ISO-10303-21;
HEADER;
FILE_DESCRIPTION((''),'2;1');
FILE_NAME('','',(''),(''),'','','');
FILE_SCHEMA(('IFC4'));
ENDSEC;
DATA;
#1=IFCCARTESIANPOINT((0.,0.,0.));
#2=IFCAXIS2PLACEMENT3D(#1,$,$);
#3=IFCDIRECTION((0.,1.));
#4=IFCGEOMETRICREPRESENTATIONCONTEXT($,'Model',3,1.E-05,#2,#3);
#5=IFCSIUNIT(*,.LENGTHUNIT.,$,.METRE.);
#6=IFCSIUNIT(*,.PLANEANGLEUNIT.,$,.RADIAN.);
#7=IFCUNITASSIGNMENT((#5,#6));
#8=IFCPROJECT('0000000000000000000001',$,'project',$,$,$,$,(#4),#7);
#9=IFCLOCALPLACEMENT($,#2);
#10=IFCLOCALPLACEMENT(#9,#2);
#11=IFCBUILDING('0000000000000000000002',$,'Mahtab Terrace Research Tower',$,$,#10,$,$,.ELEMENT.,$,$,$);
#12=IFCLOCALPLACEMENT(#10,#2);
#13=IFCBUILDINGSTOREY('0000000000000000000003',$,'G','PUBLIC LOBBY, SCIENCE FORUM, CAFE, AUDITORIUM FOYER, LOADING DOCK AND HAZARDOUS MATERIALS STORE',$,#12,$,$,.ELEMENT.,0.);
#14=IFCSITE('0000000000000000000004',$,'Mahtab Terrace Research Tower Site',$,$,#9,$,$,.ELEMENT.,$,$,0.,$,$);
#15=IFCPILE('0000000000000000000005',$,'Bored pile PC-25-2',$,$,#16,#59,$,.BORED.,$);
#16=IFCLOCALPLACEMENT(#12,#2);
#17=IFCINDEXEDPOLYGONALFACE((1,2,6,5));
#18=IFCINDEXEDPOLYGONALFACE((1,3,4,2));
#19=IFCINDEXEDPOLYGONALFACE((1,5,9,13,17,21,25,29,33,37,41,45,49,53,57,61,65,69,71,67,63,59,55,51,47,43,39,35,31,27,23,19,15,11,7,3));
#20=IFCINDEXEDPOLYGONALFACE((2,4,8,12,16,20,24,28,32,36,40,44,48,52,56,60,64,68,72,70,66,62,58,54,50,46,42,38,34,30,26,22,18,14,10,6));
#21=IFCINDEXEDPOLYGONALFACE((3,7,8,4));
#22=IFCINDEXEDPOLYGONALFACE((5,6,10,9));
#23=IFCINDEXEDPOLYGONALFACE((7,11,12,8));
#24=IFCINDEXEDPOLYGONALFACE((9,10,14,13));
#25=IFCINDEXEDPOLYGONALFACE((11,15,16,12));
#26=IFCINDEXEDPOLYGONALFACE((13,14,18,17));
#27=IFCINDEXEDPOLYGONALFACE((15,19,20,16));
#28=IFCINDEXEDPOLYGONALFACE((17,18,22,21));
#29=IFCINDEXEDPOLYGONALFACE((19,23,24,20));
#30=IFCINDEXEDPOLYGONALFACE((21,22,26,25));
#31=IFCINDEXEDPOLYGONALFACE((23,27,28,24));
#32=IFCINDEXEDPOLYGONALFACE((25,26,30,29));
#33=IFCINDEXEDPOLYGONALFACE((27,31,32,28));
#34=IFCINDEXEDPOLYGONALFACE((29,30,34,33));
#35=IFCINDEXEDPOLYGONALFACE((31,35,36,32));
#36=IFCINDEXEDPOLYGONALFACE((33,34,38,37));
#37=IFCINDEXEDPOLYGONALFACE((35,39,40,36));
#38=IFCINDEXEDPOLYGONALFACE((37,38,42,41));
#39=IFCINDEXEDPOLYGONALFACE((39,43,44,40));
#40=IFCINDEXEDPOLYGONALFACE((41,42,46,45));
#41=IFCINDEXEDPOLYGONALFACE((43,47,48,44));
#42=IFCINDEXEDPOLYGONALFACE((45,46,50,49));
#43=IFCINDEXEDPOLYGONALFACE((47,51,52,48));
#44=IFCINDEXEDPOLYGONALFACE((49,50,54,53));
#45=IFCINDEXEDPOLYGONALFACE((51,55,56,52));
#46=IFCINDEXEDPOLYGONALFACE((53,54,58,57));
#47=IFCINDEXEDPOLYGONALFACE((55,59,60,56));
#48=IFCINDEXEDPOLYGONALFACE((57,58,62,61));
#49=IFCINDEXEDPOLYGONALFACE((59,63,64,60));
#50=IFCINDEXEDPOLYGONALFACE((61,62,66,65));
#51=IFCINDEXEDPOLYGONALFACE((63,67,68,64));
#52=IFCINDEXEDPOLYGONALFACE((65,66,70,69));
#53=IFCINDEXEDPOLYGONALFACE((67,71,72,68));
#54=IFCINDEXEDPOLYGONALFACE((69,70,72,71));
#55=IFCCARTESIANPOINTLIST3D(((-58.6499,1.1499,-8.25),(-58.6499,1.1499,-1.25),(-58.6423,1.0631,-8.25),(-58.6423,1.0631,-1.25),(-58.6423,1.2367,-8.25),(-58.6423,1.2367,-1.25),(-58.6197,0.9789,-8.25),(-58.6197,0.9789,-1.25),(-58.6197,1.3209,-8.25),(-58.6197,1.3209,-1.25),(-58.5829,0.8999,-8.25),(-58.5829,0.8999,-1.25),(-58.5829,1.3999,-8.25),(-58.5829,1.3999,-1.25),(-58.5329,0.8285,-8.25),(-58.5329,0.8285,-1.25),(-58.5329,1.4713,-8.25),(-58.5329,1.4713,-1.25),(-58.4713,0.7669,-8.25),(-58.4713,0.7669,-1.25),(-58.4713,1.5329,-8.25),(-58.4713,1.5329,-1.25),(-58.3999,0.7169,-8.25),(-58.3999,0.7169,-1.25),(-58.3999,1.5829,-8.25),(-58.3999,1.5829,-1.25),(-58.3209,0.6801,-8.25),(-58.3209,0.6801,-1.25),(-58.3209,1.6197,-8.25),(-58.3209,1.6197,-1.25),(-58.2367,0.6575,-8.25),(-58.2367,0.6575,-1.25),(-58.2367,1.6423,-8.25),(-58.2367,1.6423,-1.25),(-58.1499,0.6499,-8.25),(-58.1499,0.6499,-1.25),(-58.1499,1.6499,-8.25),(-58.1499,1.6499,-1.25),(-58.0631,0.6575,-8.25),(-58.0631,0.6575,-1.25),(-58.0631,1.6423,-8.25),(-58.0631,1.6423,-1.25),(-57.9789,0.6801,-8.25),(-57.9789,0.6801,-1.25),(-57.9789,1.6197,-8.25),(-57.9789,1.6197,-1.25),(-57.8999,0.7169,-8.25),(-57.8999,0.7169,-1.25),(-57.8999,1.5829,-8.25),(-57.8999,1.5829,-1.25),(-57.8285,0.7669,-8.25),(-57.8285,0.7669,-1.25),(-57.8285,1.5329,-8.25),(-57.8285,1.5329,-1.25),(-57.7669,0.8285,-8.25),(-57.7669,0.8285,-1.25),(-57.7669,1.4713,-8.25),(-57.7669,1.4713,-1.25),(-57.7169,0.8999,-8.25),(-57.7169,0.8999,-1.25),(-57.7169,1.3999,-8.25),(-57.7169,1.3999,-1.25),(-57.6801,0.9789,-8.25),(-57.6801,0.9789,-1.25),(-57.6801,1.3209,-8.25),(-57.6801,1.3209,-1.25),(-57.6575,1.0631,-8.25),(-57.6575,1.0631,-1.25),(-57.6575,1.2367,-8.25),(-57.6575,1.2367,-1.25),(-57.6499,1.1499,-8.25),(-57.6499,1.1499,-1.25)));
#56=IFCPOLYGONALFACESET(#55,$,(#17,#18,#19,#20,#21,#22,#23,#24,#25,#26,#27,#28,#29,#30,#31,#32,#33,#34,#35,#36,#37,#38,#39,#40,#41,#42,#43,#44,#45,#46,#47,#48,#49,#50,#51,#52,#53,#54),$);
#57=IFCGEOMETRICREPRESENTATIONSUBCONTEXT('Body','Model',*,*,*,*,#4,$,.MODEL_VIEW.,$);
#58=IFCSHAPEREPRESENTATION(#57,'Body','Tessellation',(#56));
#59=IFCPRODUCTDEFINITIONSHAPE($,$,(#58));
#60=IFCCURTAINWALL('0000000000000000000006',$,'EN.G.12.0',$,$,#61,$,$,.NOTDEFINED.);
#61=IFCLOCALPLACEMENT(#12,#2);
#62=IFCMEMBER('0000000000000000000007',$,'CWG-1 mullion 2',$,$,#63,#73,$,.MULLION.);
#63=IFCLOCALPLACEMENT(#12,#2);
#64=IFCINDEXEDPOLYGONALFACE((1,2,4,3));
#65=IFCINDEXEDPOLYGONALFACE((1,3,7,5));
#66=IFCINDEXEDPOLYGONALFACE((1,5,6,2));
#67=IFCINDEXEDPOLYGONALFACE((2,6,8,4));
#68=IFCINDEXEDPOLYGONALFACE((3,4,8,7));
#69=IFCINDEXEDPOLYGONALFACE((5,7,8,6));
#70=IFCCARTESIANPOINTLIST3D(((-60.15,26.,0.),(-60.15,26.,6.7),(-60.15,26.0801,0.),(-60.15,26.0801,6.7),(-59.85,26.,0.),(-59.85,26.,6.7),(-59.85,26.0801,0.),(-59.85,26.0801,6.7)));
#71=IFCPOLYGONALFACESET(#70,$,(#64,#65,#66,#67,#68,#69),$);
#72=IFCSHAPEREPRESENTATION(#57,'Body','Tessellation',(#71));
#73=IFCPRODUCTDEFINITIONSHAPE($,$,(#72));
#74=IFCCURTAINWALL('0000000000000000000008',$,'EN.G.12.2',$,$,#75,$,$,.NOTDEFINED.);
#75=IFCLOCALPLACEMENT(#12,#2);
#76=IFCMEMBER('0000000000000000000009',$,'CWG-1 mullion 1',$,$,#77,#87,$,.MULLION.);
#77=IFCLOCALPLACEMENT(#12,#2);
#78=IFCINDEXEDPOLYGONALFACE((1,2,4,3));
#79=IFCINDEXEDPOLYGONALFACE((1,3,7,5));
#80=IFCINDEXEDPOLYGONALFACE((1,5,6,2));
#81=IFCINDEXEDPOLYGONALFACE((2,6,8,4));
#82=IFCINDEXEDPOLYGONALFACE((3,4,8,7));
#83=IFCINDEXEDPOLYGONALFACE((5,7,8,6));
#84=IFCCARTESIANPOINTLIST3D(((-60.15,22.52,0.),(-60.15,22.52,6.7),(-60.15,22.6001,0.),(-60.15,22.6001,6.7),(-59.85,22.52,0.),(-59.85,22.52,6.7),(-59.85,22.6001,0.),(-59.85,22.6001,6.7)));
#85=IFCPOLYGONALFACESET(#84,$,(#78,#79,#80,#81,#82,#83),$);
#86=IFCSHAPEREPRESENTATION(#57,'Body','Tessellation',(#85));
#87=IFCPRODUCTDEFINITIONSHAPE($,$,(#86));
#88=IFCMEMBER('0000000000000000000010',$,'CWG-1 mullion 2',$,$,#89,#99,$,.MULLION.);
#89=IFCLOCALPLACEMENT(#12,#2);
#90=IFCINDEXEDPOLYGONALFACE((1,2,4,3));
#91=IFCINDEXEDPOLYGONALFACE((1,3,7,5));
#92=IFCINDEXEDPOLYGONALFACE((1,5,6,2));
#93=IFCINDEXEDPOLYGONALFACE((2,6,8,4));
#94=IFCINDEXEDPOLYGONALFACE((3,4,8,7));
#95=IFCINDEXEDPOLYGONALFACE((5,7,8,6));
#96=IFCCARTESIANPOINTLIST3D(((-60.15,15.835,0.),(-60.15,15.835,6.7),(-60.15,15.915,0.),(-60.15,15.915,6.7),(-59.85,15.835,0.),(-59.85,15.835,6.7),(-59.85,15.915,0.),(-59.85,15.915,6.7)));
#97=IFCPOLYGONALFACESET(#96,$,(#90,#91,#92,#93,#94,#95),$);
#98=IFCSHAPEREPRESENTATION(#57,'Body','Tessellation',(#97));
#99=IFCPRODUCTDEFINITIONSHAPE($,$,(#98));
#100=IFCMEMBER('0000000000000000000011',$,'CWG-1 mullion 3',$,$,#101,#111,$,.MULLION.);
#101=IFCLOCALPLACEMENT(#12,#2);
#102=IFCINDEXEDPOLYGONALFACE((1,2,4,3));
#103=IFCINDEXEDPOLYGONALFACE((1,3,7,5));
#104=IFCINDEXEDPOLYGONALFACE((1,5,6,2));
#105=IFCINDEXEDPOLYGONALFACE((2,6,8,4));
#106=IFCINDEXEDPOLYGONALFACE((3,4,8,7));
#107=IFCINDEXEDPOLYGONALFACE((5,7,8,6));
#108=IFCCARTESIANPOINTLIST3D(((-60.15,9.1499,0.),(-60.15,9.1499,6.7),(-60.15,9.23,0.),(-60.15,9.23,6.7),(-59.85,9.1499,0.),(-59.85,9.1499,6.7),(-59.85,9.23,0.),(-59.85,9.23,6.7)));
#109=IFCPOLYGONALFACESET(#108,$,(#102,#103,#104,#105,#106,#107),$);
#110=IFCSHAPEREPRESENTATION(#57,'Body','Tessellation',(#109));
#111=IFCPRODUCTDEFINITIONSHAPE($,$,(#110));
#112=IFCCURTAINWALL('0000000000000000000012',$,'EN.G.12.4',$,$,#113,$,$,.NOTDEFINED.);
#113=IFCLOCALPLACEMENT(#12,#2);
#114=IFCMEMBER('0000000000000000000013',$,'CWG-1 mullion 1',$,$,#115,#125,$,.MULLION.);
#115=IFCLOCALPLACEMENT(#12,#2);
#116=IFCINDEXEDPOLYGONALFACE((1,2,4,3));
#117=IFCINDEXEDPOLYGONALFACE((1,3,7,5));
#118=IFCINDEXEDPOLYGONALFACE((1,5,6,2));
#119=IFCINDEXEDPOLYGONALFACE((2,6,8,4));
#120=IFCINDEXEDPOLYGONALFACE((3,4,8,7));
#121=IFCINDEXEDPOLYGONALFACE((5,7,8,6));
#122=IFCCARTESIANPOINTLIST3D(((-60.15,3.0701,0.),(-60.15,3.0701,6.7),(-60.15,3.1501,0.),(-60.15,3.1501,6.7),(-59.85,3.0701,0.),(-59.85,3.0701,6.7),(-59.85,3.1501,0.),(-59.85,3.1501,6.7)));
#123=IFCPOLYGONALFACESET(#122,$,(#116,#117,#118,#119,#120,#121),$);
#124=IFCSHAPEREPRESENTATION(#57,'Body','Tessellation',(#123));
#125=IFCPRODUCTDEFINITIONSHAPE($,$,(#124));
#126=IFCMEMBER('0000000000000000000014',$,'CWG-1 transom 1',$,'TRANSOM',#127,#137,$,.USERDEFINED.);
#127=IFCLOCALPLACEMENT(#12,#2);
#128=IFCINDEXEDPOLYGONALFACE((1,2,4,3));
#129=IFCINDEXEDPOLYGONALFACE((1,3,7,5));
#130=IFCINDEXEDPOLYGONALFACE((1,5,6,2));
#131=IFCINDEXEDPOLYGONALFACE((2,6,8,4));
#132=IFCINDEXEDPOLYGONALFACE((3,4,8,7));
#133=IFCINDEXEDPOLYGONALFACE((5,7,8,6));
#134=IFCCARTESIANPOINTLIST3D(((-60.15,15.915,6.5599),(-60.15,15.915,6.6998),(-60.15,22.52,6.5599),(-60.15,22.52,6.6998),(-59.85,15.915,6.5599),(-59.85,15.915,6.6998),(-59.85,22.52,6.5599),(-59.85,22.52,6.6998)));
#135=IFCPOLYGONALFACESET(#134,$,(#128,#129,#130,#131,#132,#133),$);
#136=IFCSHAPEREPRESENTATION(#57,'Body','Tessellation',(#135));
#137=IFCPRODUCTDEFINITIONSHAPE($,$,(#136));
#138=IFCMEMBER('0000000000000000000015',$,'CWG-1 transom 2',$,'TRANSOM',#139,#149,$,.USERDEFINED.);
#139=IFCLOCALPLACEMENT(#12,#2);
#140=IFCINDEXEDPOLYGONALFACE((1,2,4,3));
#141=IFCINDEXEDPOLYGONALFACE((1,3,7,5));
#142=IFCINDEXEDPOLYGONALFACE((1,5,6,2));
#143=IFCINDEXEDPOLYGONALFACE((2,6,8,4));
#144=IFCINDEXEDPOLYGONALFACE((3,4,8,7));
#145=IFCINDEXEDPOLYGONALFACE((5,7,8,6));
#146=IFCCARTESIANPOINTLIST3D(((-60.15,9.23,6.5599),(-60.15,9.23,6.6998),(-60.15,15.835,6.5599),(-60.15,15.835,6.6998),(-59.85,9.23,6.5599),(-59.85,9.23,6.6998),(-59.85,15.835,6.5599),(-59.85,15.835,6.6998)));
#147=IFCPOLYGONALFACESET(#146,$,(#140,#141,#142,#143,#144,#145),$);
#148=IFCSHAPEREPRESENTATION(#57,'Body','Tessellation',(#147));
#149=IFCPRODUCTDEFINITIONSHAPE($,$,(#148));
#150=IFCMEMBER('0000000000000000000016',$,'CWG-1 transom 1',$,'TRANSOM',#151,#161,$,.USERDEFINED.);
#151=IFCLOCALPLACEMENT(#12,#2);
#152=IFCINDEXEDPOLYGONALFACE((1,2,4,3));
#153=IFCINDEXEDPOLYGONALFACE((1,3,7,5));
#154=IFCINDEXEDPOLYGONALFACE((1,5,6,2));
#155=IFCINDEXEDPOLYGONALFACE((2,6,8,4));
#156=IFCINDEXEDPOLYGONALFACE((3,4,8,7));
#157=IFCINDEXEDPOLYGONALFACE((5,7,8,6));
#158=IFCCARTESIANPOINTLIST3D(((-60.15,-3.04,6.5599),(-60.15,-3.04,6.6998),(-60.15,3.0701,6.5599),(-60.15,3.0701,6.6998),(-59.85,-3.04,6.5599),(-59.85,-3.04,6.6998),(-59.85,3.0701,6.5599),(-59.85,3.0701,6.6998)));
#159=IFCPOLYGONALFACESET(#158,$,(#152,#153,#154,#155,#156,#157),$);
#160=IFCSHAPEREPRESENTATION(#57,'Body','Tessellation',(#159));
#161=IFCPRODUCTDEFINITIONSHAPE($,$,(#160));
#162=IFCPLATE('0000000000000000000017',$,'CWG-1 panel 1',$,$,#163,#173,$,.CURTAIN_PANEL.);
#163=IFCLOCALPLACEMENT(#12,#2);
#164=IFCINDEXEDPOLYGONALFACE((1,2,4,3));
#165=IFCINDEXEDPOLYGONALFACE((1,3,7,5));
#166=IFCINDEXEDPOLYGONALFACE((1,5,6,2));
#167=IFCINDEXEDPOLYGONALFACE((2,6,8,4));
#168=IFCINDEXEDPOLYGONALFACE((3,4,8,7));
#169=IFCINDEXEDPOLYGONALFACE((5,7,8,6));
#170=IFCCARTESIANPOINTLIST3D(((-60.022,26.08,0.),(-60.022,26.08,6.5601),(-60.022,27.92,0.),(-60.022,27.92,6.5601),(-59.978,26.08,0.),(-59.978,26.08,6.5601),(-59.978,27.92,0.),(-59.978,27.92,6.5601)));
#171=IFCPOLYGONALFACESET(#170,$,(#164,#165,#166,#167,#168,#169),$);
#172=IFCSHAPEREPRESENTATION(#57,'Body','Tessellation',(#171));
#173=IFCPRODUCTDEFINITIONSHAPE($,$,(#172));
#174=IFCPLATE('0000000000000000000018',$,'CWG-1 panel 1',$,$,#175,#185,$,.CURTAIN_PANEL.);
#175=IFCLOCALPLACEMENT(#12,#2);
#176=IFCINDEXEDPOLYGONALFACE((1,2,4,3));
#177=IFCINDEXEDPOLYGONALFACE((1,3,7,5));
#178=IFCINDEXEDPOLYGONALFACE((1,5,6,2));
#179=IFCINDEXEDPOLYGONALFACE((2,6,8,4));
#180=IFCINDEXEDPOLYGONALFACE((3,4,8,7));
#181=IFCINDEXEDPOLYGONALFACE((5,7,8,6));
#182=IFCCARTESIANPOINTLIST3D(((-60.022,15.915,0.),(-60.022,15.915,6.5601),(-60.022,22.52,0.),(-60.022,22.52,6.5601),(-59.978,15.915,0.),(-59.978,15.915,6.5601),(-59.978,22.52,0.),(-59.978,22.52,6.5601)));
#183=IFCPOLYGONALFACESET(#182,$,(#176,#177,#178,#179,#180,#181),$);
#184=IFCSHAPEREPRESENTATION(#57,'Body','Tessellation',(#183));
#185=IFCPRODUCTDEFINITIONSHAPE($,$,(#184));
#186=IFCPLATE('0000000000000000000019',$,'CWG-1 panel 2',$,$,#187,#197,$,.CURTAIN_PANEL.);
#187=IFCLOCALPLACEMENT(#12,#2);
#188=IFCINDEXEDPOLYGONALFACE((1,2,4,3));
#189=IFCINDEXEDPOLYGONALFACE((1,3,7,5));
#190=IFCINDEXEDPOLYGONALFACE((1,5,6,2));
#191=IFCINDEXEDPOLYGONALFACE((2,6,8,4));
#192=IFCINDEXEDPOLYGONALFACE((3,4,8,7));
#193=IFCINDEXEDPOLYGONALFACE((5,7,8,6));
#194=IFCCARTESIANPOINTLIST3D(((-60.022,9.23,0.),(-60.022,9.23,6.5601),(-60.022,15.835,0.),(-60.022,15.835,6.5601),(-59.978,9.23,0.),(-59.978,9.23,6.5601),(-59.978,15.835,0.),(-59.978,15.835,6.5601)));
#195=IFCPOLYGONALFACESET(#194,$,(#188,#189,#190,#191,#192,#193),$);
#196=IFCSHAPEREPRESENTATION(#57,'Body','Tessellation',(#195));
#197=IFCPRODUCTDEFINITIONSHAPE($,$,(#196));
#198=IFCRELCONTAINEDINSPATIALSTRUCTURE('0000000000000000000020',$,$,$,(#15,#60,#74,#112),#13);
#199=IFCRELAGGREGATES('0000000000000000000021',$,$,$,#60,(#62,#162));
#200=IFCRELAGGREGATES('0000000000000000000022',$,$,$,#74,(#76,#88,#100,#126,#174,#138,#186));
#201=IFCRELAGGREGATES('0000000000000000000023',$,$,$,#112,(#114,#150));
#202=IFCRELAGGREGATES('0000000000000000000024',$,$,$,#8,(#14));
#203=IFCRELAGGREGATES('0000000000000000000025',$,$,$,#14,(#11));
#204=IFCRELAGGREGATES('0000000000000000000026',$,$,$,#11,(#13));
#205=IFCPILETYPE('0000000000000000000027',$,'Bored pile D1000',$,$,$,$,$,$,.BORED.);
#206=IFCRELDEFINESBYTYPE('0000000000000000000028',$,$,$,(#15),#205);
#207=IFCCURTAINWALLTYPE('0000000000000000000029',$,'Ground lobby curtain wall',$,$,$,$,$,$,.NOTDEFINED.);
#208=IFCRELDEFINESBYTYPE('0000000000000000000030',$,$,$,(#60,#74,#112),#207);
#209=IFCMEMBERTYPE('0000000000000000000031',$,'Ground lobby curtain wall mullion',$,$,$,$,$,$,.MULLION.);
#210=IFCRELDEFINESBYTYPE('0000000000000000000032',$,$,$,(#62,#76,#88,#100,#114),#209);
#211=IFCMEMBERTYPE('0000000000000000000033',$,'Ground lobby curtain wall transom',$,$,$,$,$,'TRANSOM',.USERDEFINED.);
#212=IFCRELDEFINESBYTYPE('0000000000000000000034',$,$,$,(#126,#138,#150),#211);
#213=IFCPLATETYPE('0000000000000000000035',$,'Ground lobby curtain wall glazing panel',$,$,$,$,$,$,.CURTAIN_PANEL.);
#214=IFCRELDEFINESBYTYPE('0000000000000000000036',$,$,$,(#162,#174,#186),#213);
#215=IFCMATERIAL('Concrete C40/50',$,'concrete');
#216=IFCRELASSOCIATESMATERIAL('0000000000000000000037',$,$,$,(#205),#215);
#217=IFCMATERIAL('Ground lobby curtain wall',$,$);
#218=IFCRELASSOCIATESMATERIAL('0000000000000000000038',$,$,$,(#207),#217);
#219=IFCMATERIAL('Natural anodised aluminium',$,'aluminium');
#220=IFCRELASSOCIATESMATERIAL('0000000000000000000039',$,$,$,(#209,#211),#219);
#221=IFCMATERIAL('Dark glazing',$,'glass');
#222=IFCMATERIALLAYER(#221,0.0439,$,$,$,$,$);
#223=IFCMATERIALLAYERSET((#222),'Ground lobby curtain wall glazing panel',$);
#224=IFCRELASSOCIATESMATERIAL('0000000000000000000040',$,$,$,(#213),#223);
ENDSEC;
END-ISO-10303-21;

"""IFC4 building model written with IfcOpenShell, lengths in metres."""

from ifc_helpers import new_model, si_unit, direction, frame, origin, origin_2d, place, context, subcontext, project, spatial, rectangle, circle, extrude, material, layer, layer_set, material_profile, profile_set, type_object, element, aggregate, save


model = new_model("IFC4")

# Units and contexts
model_context = context("Model", 3, precision=1e-05, world=origin(), true_north=direction((0.0, 1.0)))
body_context = subcontext(model_context, "Body", "Model", "MODEL_VIEW")
ifc_project = project(units=[si_unit("LENGTHUNIT", "METRE"), si_unit("PLANEANGLEUNIT", "RADIAN")], contexts=[model_context])

# Site, building, storey
site_placement = place(None, origin())
site = spatial("IfcSite", under=ifc_project, at=site_placement, Name="Mahtab Terrace Research Tower Site", CompositionType="ELEMENT", RefElevation=0.0)
building_placement = place(site_placement, origin())
building = spatial("IfcBuilding", under=site, at=building_placement, Name="Mahtab Terrace Research Tower", CompositionType="ELEMENT")
storey_placement = place(building_placement, origin())
storey = spatial("IfcBuildingStorey", under=building, at=storey_placement, Name="G", Description="PUBLIC LOBBY, SCIENCE FORUM, CAFE, AUDITORIUM FOYER, LOADING DOCK AND HAZARDOUS MATERIALS STORE", CompositionType="ELEMENT", Elevation=0.0)

# Pile
ifc_material_1 = material(Name="Concrete C40/50", Category="concrete")
ifc_material_profile_1 = material_profile(ifc_material_1, circle(Radius=0.5, at=origin_2d()), Name="Bored pile D1000")
ifc_profile_set_1 = profile_set([ifc_material_profile_1], Name="Concrete C40/50")
pile_type = type_object("IfcPileType", Name="Bored pile D1000", PredefinedType="BORED", material=ifc_profile_set_1)
pile_placement = place(storey_placement, frame((-58.1499, 1.1499, -1.25), z_axis=(0.0, 0.0, -1.0), x_axis=(1.0, 0.0, 0.0)))
element("IfcPile", 1, at=pile_placement, inside=storey, type_object=pile_type, Name="Bored pile PC-25-2", PredefinedType="BORED", context=body_context, shape_type="SweptSolid", body=[
    extrude(circle(Radius=0.5, at=origin_2d()), origin(), (0.0, 0.0, 1.0), 7.0),
])

# Curtain wall, member
ifc_material_2 = material(Name="Ground lobby curtain wall")
curtain_wall_type = type_object("IfcCurtainWallType", Name="Ground lobby curtain wall", PredefinedType="NOTDEFINED", material=ifc_material_2)
curtain_wall_1_placement = place(storey_placement, origin())
curtain_wall_1 = element("IfcCurtainWall", 2, at=curtain_wall_1_placement, inside=storey, type_object=curtain_wall_type, Name="EN.G.12.0", PredefinedType="NOTDEFINED")
ifc_material_3 = material(Name="Natural anodised aluminium", Category="aluminium")
ifc_material_profile_2 = material_profile(ifc_material_3, rectangle(XDim=0.3, YDim=0.0801, at=origin_2d()), Name="MULLION 80x300")
ifc_profile_set_2 = profile_set([ifc_material_profile_2], Name="Natural anodised aluminium")
member_type_1 = type_object("IfcMemberType", Name="Ground lobby curtain wall mullion", PredefinedType="MULLION", material=ifc_profile_set_2)
member_1_placement = place(storey_placement, frame((-60.0, 26.04, 0.0), z_axis=(0.0, 0.0, 1.0), x_axis=(1.0, 0.0, 0.0)))
member_1 = element("IfcMember", 3, at=member_1_placement, type_object=member_type_1, Name="CWG-1 mullion 2", PredefinedType="MULLION", context=body_context, shape_type="SweptSolid", body=[
    extrude(rectangle(XDim=0.3, YDim=0.0801, at=origin_2d()), origin(), (0.0, 0.0, 1.0), 6.7),
])

# Curtain wall, members
curtain_wall_2_placement = place(storey_placement, origin())
curtain_wall_2 = element("IfcCurtainWall", 4, at=curtain_wall_2_placement, inside=storey, type_object=curtain_wall_type, Name="EN.G.12.2", PredefinedType="NOTDEFINED")
member_2_placement = place(storey_placement, frame((-60.0, 22.5601, 0.0), z_axis=(0.0, 0.0, 1.0), x_axis=(1.0, 0.0, 0.0)))
member_2 = element("IfcMember", 5, at=member_2_placement, type_object=member_type_1, Name="CWG-1 mullion 1", PredefinedType="MULLION", context=body_context, shape_type="SweptSolid", body=[
    extrude(rectangle(XDim=0.3, YDim=0.0801, at=origin_2d()), origin(), (0.0, 0.0, 1.0), 6.7),
])
member_3_placement = place(storey_placement, frame((-60.0, 15.875, 0.0), z_axis=(0.0, 0.0, 1.0), x_axis=(1.0, 0.0, 0.0)))
member_3 = element("IfcMember", 6, at=member_3_placement, type_object=member_type_1, Name="CWG-1 mullion 2", PredefinedType="MULLION", context=body_context, shape_type="SweptSolid", body=[
    extrude(rectangle(XDim=0.3, YDim=0.0801, at=origin_2d()), origin(), (0.0, 0.0, 1.0), 6.7),
])
member_4_placement = place(storey_placement, frame((-60.0, 9.1899, 0.0), z_axis=(0.0, 0.0, 1.0), x_axis=(1.0, 0.0, 0.0)))
member_4 = element("IfcMember", 7, at=member_4_placement, type_object=member_type_1, Name="CWG-1 mullion 3", PredefinedType="MULLION", context=body_context, shape_type="SweptSolid", body=[
    extrude(rectangle(XDim=0.3, YDim=0.0801, at=origin_2d()), origin(), (0.0, 0.0, 1.0), 6.7),
])

# Curtain wall, member
curtain_wall_3_placement = place(storey_placement, origin())
curtain_wall_3 = element("IfcCurtainWall", 8, at=curtain_wall_3_placement, inside=storey, type_object=curtain_wall_type, Name="EN.G.12.4", PredefinedType="NOTDEFINED")
member_5_placement = place(storey_placement, frame((-60.0, 3.1101, 0.0), z_axis=(0.0, 0.0, 1.0), x_axis=(1.0, 0.0, 0.0)))
member_5 = element("IfcMember", 9, at=member_5_placement, type_object=member_type_1, Name="CWG-1 mullion 1", PredefinedType="MULLION", context=body_context, shape_type="SweptSolid", body=[
    extrude(rectangle(XDim=0.3, YDim=0.0801, at=origin_2d()), origin(), (0.0, 0.0, 1.0), 6.7),
])

# Members
ifc_material_profile_3 = material_profile(ifc_material_3, rectangle(XDim=0.3, YDim=0.1399, at=origin_2d()), Name="TRANSOM 140x300")
ifc_profile_set_3 = profile_set([ifc_material_profile_3], Name="Natural anodised aluminium")
member_type_2 = type_object("IfcMemberType", Name="Ground lobby curtain wall transom", ElementType="TRANSOM", PredefinedType="USERDEFINED", material=ifc_profile_set_3)
member_6_placement = place(storey_placement, frame((-60.0, 22.52, 6.6299), z_axis=(0.0, -1.0, 0.0), x_axis=(1.0, 0.0, 0.0)))
member_6 = element("IfcMember", 10, at=member_6_placement, type_object=member_type_2, Name="CWG-1 transom 1", ObjectType="TRANSOM", PredefinedType="USERDEFINED", context=body_context, shape_type="SweptSolid", body=[
    extrude(rectangle(XDim=0.3, YDim=0.1399, at=origin_2d()), origin(), (0.0, 0.0, 1.0), 6.605),
])
member_7_placement = place(storey_placement, frame((-60.0, 15.835, 6.6299), z_axis=(0.0, -1.0, 0.0), x_axis=(1.0, 0.0, 0.0)))
member_7 = element("IfcMember", 11, at=member_7_placement, type_object=member_type_2, Name="CWG-1 transom 2", ObjectType="TRANSOM", PredefinedType="USERDEFINED", context=body_context, shape_type="SweptSolid", body=[
    extrude(rectangle(XDim=0.3, YDim=0.1399, at=origin_2d()), origin(), (0.0, 0.0, 1.0), 6.605),
])
member_8_placement = place(storey_placement, frame((-60.0, 3.0701, 6.6299), z_axis=(0.0, -1.0, 0.0), x_axis=(1.0, 0.0, 0.0)))
member_8 = element("IfcMember", 12, at=member_8_placement, type_object=member_type_2, Name="CWG-1 transom 1", ObjectType="TRANSOM", PredefinedType="USERDEFINED", context=body_context, shape_type="SweptSolid", body=[
    extrude(rectangle(XDim=0.3, YDim=0.1399, at=origin_2d()), origin(), (0.0, 0.0, 1.0), 6.1101),
])

# Plates
ifc_material_4 = material(Name="Dark glazing", Category="glass")
ifc_layer_1 = layer(ifc_material_4, 0.0439)
ifc_layer_set_1 = layer_set([ifc_layer_1], Name="Ground lobby curtain wall glazing panel")
plate_type = type_object("IfcPlateType", Name="Ground lobby curtain wall glazing panel", PredefinedType="CURTAIN_PANEL", material=ifc_layer_set_1)
plate_1_placement = place(storey_placement, frame((-60.0, 27.0, 0.0), z_axis=(0.0, 0.0, 1.0), x_axis=(0.0, -1.0, 0.0)))
plate_1 = element("IfcPlate", 13, at=plate_1_placement, type_object=plate_type, Name="CWG-1 panel 1", PredefinedType="CURTAIN_PANEL", context=body_context, shape_type="SweptSolid", body=[
    extrude(rectangle(XDim=1.8401, YDim=0.0439, at=origin_2d()), origin(), (0.0, 0.0, 1.0), 6.5601),
])
aggregate(curtain_wall_1, [member_1, plate_1])
plate_2_placement = place(storey_placement, frame((-60.0, 19.2175, 0.0), z_axis=(0.0, 0.0, 1.0), x_axis=(0.0, -1.0, 0.0)))
plate_2 = element("IfcPlate", 14, at=plate_2_placement, type_object=plate_type, Name="CWG-1 panel 1", PredefinedType="CURTAIN_PANEL", context=body_context, shape_type="SweptSolid", body=[
    extrude(rectangle(XDim=6.605, YDim=0.0439, at=origin_2d()), origin(), (0.0, 0.0, 1.0), 6.5601),
])
plate_3_placement = place(storey_placement, frame((-60.0, 12.5325, 0.0), z_axis=(0.0, 0.0, 1.0), x_axis=(0.0, -1.0, 0.0)))
plate_3 = element("IfcPlate", 15, at=plate_3_placement, type_object=plate_type, Name="CWG-1 panel 2", PredefinedType="CURTAIN_PANEL", context=body_context, shape_type="SweptSolid", body=[
    extrude(rectangle(XDim=6.605, YDim=0.0439, at=origin_2d()), origin(), (0.0, 0.0, 1.0), 6.5601),
])
aggregate(curtain_wall_2, [member_2, member_3, member_4, member_6, plate_2, member_7, plate_3])
aggregate(curtain_wall_3, [member_5, member_8])

save(model, "model.ifc")
